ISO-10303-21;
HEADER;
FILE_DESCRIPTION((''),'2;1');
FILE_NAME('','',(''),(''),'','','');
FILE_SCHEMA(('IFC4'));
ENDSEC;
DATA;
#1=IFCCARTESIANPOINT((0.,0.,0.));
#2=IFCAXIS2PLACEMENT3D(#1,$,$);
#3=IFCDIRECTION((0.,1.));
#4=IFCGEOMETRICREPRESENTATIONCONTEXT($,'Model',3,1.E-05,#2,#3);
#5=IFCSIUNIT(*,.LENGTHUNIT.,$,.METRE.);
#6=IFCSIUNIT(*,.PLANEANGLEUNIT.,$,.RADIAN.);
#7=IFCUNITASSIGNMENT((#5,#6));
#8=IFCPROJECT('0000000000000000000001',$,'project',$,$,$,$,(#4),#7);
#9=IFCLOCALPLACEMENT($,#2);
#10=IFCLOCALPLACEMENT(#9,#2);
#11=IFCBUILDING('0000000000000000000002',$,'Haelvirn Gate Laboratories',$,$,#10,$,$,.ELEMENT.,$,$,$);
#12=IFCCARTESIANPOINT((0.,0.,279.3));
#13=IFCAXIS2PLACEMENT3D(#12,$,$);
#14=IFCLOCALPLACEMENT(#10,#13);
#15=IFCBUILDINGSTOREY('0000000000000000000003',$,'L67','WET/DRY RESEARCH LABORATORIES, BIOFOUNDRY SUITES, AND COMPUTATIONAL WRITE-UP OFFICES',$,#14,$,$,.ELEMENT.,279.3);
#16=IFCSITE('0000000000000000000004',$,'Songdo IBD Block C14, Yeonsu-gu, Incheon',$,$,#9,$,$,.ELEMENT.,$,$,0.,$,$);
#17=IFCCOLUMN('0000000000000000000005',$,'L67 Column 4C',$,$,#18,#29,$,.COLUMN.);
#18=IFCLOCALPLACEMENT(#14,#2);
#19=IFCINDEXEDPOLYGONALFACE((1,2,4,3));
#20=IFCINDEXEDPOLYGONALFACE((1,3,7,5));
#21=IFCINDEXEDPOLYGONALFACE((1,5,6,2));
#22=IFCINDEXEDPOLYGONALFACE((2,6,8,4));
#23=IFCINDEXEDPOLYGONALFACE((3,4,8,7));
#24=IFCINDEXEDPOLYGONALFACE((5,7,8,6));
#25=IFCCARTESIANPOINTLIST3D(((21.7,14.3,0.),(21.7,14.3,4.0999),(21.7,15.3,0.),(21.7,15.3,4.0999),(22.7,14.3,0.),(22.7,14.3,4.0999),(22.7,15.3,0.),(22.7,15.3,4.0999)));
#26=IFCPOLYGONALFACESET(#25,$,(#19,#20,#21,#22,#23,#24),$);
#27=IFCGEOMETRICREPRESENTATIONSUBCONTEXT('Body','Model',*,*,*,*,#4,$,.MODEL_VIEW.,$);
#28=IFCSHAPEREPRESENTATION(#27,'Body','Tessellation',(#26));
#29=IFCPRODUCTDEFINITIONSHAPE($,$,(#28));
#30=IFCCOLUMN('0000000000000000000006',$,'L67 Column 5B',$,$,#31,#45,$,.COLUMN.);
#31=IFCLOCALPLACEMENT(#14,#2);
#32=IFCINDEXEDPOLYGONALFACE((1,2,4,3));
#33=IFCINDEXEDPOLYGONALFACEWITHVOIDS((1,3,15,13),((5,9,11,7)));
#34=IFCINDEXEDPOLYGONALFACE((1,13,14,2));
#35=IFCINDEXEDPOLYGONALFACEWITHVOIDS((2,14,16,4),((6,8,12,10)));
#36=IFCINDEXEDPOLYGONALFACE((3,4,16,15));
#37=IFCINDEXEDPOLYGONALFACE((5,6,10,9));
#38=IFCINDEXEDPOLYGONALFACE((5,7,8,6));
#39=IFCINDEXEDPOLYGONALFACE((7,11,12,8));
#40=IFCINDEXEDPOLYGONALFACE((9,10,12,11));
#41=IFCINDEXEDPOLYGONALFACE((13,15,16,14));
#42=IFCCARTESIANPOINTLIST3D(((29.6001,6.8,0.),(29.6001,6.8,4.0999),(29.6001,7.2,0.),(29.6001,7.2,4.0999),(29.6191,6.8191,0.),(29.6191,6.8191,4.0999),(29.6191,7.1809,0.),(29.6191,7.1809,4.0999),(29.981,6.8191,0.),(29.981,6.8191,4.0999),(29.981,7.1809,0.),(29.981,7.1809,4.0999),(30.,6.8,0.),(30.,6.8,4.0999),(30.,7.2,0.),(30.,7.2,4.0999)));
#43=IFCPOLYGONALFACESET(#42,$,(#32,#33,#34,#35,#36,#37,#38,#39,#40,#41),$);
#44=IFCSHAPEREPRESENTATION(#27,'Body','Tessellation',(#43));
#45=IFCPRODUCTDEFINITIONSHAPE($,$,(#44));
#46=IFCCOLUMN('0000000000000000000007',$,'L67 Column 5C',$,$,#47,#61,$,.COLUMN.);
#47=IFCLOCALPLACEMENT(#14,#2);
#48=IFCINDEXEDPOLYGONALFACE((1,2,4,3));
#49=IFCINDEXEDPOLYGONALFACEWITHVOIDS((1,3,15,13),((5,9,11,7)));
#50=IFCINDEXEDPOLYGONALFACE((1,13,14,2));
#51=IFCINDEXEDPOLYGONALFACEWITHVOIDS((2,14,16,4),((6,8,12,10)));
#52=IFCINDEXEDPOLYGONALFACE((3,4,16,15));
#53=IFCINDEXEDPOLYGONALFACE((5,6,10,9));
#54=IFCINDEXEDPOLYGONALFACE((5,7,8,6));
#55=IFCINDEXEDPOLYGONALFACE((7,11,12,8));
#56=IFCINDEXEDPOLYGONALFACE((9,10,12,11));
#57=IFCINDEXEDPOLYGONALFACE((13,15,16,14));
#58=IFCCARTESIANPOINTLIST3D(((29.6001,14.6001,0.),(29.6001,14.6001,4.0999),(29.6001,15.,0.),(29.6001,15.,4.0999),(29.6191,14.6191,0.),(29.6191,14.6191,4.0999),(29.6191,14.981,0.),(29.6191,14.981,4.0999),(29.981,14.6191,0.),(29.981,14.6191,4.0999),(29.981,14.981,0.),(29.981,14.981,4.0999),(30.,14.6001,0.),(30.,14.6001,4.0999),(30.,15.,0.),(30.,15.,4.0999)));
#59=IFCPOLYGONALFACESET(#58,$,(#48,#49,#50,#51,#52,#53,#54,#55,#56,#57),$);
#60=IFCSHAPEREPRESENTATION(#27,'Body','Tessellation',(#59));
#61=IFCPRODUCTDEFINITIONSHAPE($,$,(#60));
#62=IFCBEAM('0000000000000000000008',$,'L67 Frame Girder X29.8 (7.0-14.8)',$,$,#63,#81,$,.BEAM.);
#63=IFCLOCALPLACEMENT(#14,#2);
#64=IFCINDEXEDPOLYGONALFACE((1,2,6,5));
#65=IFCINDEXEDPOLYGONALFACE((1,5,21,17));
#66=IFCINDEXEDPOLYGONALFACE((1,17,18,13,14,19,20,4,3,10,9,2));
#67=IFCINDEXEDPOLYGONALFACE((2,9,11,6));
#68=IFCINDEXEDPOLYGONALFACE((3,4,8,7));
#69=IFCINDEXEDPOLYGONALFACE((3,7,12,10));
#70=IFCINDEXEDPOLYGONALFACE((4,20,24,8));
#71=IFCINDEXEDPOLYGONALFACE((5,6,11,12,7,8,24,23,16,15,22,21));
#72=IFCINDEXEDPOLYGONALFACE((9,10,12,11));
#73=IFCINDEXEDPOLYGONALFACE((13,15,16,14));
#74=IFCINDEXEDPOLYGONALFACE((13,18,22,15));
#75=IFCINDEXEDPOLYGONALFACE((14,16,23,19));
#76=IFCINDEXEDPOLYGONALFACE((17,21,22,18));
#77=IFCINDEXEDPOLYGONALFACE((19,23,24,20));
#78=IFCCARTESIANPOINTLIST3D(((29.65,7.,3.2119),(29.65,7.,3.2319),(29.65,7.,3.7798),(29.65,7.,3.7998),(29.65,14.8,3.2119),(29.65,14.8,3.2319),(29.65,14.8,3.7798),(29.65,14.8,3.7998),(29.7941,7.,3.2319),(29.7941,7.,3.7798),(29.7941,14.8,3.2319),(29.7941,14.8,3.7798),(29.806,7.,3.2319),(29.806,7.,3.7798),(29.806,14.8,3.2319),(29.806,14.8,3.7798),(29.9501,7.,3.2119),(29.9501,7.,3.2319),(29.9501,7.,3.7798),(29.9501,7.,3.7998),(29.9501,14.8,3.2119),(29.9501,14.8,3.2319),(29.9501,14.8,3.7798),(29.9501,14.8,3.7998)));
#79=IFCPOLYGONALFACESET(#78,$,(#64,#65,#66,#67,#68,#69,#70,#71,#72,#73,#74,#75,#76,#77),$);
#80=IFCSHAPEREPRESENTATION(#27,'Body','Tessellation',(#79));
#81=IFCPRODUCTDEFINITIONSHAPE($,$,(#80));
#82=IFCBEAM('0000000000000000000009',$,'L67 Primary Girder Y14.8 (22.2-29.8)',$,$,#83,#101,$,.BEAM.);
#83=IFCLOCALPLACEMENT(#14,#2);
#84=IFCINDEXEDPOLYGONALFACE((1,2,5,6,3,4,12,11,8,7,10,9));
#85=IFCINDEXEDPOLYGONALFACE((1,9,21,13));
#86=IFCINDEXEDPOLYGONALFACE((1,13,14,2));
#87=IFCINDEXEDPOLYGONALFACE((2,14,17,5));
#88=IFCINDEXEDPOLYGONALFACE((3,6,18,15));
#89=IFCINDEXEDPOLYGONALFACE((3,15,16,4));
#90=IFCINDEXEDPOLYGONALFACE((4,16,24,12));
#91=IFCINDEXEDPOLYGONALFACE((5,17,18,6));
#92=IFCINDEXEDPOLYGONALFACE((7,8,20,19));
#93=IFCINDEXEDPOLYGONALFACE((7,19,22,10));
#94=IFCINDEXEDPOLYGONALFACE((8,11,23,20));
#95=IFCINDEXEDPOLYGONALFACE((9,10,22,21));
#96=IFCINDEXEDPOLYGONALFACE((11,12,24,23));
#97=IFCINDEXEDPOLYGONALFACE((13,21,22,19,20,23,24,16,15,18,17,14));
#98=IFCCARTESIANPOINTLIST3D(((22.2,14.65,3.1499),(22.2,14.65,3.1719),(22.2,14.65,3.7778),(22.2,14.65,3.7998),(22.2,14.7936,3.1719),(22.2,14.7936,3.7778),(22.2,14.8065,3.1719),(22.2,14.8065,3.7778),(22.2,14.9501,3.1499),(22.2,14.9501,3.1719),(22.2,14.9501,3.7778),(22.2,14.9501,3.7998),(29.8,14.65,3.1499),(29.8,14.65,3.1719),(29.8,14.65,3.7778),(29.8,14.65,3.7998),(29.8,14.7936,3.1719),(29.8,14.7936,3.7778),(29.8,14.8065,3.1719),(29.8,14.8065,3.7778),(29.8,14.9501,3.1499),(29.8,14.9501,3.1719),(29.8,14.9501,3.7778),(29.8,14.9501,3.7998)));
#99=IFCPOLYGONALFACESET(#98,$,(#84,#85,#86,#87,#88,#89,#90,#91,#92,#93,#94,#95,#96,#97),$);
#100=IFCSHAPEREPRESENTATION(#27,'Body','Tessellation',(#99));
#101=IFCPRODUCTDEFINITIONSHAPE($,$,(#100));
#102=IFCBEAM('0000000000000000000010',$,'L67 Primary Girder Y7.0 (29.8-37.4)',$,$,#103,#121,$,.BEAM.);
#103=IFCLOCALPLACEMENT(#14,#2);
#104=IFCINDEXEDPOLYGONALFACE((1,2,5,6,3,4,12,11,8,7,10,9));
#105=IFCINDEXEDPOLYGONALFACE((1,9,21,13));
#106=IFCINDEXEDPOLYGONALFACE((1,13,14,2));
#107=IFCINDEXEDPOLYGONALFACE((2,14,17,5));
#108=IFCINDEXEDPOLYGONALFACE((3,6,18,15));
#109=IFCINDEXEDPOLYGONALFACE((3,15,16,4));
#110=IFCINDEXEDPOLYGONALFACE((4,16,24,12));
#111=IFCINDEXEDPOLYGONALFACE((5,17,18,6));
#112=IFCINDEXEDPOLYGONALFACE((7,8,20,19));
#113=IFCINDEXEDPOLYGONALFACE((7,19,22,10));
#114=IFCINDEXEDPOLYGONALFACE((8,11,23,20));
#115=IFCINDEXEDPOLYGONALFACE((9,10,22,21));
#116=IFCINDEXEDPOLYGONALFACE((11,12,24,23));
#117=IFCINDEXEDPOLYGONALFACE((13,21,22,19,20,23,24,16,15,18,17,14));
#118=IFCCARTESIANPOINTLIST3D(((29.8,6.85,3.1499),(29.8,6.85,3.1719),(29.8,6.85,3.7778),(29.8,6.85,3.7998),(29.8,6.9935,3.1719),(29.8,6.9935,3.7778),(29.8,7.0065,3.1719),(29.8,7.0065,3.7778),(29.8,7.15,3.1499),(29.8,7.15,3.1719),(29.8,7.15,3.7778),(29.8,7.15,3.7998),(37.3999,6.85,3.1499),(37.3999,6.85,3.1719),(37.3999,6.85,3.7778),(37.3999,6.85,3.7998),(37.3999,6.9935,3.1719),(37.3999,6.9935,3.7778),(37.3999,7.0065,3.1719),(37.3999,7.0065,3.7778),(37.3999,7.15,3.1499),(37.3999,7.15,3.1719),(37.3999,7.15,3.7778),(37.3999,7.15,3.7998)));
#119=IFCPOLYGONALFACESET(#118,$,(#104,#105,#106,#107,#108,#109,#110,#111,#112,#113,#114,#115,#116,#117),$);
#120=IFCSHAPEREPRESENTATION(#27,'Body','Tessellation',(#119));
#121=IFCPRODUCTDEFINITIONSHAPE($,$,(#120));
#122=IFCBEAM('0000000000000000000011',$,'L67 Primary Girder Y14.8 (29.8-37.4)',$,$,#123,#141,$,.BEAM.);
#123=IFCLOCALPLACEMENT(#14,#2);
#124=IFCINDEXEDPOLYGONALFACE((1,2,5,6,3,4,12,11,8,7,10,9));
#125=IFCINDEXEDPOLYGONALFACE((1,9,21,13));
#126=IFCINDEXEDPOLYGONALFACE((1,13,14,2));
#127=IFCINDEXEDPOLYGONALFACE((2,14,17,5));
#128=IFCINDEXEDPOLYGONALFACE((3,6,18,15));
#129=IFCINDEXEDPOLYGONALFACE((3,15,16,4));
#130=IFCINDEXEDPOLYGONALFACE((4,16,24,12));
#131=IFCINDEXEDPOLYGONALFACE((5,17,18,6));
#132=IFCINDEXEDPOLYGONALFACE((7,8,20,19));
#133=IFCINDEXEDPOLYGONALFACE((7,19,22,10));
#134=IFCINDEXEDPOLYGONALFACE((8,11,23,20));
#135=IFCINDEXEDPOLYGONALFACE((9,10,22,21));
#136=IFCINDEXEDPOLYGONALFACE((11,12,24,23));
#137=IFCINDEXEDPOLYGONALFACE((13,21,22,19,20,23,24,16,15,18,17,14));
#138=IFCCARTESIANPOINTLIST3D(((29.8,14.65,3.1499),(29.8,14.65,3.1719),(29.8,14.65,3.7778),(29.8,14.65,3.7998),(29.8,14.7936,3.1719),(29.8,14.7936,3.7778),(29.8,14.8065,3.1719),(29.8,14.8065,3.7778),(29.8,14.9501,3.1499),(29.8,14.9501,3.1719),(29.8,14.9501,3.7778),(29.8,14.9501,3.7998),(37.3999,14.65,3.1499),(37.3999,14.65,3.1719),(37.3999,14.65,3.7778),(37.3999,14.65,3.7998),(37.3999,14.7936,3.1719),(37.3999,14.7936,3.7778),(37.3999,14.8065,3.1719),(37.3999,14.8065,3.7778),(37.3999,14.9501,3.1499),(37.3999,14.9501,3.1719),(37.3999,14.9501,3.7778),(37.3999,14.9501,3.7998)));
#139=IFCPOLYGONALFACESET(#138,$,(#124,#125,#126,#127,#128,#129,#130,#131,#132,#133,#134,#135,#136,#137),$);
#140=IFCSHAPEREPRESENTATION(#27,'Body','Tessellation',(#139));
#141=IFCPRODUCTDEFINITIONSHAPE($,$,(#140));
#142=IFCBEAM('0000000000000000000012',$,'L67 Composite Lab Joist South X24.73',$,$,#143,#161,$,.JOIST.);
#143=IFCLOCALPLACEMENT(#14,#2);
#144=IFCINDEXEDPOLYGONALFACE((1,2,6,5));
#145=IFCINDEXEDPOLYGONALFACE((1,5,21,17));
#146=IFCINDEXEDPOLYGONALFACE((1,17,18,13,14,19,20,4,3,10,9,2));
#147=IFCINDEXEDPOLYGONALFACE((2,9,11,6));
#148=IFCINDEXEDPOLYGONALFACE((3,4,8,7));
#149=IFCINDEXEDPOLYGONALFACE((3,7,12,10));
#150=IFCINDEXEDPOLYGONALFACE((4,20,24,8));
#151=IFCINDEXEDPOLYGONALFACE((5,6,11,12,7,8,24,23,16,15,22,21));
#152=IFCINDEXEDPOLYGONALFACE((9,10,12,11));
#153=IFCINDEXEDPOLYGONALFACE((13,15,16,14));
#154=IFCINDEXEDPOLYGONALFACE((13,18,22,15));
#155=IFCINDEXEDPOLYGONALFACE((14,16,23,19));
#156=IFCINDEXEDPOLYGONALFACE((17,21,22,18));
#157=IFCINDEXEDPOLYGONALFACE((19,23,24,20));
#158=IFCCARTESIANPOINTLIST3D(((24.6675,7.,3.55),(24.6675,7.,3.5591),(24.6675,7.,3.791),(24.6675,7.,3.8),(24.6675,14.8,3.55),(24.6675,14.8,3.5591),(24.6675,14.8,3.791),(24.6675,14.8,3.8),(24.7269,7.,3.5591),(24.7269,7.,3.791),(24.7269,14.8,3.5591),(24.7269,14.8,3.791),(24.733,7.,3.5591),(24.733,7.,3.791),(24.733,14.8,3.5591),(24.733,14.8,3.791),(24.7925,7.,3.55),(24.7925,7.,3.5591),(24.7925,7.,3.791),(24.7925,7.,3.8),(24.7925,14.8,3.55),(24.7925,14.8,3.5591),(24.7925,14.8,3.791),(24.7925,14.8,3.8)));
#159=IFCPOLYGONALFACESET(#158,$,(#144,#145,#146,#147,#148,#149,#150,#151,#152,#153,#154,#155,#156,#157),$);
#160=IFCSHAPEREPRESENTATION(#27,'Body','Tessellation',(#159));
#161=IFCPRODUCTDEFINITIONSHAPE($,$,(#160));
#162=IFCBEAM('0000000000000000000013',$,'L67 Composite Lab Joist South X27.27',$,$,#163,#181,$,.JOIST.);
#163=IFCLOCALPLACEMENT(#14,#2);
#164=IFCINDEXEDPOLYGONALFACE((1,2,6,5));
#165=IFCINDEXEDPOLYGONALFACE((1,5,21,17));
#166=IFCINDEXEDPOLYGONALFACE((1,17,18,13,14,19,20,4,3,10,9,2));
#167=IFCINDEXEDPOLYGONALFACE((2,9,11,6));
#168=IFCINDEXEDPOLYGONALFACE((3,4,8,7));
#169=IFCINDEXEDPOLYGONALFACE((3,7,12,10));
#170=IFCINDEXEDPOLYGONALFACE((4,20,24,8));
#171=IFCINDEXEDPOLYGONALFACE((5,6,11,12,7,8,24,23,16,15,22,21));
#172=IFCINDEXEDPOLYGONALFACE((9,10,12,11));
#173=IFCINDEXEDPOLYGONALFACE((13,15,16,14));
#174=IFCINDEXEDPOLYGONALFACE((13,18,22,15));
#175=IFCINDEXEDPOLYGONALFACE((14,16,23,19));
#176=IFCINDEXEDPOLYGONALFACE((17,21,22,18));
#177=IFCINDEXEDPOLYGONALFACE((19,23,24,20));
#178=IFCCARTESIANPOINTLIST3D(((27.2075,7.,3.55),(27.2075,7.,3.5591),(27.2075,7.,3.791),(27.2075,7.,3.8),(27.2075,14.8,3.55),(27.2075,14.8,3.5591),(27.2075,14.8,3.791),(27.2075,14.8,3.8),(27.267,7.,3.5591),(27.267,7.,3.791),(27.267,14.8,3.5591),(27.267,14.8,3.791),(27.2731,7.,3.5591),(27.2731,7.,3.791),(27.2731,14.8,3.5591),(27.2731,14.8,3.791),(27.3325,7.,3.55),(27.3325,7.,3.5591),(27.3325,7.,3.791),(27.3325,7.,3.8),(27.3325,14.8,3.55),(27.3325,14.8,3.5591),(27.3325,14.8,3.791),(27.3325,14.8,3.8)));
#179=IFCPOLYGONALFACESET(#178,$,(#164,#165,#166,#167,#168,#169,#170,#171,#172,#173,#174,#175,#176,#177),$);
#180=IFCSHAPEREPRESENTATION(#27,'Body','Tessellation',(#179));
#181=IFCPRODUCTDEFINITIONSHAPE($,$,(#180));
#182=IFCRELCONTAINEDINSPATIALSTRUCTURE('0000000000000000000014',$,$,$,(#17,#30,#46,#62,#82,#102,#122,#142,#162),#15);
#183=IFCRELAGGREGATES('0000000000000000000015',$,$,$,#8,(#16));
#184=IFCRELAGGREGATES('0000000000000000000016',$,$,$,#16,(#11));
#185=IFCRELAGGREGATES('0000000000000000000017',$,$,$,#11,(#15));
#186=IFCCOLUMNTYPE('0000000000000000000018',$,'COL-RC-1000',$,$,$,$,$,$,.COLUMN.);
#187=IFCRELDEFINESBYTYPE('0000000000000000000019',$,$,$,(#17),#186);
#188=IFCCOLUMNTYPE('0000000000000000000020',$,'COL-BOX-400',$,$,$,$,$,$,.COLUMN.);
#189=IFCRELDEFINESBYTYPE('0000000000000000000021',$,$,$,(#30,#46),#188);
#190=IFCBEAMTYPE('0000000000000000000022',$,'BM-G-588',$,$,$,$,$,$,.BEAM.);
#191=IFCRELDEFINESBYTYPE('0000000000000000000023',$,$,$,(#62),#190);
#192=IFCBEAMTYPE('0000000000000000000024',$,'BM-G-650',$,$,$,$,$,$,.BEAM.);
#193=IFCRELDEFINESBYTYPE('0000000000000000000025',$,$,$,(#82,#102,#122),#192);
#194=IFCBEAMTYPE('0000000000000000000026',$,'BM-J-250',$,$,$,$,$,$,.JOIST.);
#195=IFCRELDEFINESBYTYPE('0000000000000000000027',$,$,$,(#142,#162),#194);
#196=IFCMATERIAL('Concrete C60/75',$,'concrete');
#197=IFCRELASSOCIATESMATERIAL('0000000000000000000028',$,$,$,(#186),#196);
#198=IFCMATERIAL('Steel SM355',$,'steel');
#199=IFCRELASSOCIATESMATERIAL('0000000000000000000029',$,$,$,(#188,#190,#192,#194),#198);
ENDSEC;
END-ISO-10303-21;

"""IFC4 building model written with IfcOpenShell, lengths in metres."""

from ifc_helpers import new_model, si_unit, direction, frame, origin, origin_2d, place, context, subcontext, project, spatial, rectangle, hollow_rectangle, i_section, extrude, source, transform, mapped, material, material_profile, profile_set, type_object, type_shapes, element, save


model = new_model("IFC4")

# Units and contexts
model_context = context("Model", 3, precision=1e-05, world=origin(), true_north=direction((0.0, 1.0)))
body_context = subcontext(model_context, "Body", "Model", "MODEL_VIEW")
ifc_project = project(units=[si_unit("LENGTHUNIT", "METRE"), si_unit("PLANEANGLEUNIT", "RADIAN")], contexts=[model_context])

# Site, building, storey
site_placement = place(None, origin())
site = spatial("IfcSite", under=ifc_project, at=site_placement, Name="Songdo IBD Block C14, Yeonsu-gu, Incheon", CompositionType="ELEMENT", RefElevation=0.0)
building_placement = place(site_placement, origin())
building = spatial("IfcBuilding", under=site, at=building_placement, Name="Haelvirn Gate Laboratories", CompositionType="ELEMENT")
storey_placement = place(building_placement, frame((0.0, 0.0, 279.3)))
storey = spatial("IfcBuildingStorey", under=building, at=storey_placement, Name="L67", Description="WET/DRY RESEARCH LABORATORIES, BIOFOUNDRY SUITES, AND COMPUTATIONAL WRITE-UP OFFICES", CompositionType="ELEMENT", Elevation=279.3)

# Columns
ifc_material_1 = material(Name="Concrete C60/75", Category="concrete")
ifc_material_profile_1 = material_profile(ifc_material_1, rectangle(XDim=1.0, YDim=1.0, at=origin_2d()), Name="RC-1000x1000")
ifc_profile_set_1 = profile_set([ifc_material_profile_1], Name="Concrete C60/75")
column_type_1 = type_object("IfcColumnType", Name="COL-RC-1000", PredefinedType="COLUMN", material=ifc_profile_set_1)
shared_shape_1 = source(origin(), body_context, "Body", "SweptSolid", [
    extrude(rectangle(XDim=1.0, YDim=1.0, at=origin_2d()), origin(), (0.0, 0.0, 1.0), 4.0999),
])
type_shapes(column_type_1, [shared_shape_1])
column_placement = place(storey_placement, frame((22.2, 14.8, 0.0), z_axis=(0.0, 0.0, 1.0), x_axis=(1.0, 0.0, 0.0)))
element("IfcColumn", 1, at=column_placement, inside=storey, type_object=column_type_1, Name="L67 Column 4C", PredefinedType="COLUMN", context=body_context, shape_type="MappedRepresentation", body=[
    mapped(shared_shape_1, transform((0.0, 0.0, 0.0), scale=1.0)),
])
ifc_material_2 = material(Name="Steel SM355", Category="steel")
ifc_material_profile_2 = material_profile(ifc_material_2, hollow_rectangle(XDim=0.3999, YDim=0.3999, WallThickness=0.019, at=origin_2d()), Name="BOX-400x400x19")
ifc_profile_set_2 = profile_set([ifc_material_profile_2], Name="Steel SM355")
column_type_2 = type_object("IfcColumnType", Name="COL-BOX-400", PredefinedType="COLUMN", material=ifc_profile_set_2)
shared_shape_2 = source(origin(), body_context, "Body", "SweptSolid", [
    extrude(hollow_rectangle(XDim=0.3999, YDim=0.3999, WallThickness=0.019, at=origin_2d()), origin(), (0.0, 0.0, 1.0), 4.0999),
])
type_shapes(column_type_2, [shared_shape_2])
for number, where, z_axis, x_axis, name in (
    (2, (29.8, 7.0, 0.0), (0.0, 0.0, 1.0), (1.0, 0.0, 0.0), "L67 Column 5B"),
    (3, (29.8, 14.8, 0.0), (0.0, 0.0, 1.0), (1.0, 0.0, 0.0), "L67 Column 5C"),
):
    element("IfcColumn", number, at=place(storey_placement, frame(where, z_axis=z_axis, x_axis=x_axis)), inside=storey, type_object=column_type_2, Name=name, PredefinedType="COLUMN", context=body_context, shape_type="MappedRepresentation", body=[
        mapped(shared_shape_2, transform((0.0, 0.0, 0.0), scale=1.0)),
    ])

# Beams
ifc_material_profile_3 = material_profile(ifc_material_2, i_section(OverallWidth=0.3, OverallDepth=0.5879, WebThickness=0.012, FlangeThickness=0.02, at=origin_2d()), Name="H-588x300x12x20")
ifc_profile_set_3 = profile_set([ifc_material_profile_3], Name="Steel SM355")
beam_type_1 = type_object("IfcBeamType", Name="BM-G-588", PredefinedType="BEAM", material=ifc_profile_set_3)
shared_shape_3 = source(origin(), body_context, "Body", "SweptSolid", [
    extrude(i_section(OverallWidth=0.3, OverallDepth=0.5879, WebThickness=0.012, FlangeThickness=0.02, at=origin_2d()), origin(), (0.0, 0.0, 1.0), 7.8),
])
type_shapes(beam_type_1, [shared_shape_3])
beam_1_placement = place(storey_placement, frame((29.8, 7.0, 3.5059), z_axis=(0.0, 1.0, 0.0), x_axis=(-1.0, 0.0, 0.0)))
element("IfcBeam", 4, at=beam_1_placement, inside=storey, type_object=beam_type_1, Name="L67 Frame Girder X29.8 (7.0-14.8)", PredefinedType="BEAM", context=body_context, shape_type="MappedRepresentation", body=[
    mapped(shared_shape_3, transform((0.0, 0.0, 0.0), scale=1.0)),
])
ifc_material_profile_4 = material_profile(ifc_material_2, i_section(OverallWidth=0.3, OverallDepth=0.6499, WebThickness=0.0129, FlangeThickness=0.022, at=origin_2d()), Name="H-650x300x13x22")
ifc_profile_set_4 = profile_set([ifc_material_profile_4], Name="Steel SM355")
beam_type_2 = type_object("IfcBeamType", Name="BM-G-650", PredefinedType="BEAM", material=ifc_profile_set_4)
shared_shape_4 = source(origin(), body_context, "Body", "SweptSolid", [
    extrude(i_section(OverallWidth=0.3, OverallDepth=0.6499, WebThickness=0.0129, FlangeThickness=0.022, at=origin_2d()), origin(), (0.0, 0.0, 1.0), 7.6001),
])
beam_2_placement = place(storey_placement, frame((22.2, 14.8, 3.4749), z_axis=(1.0, 0.0, 0.0), x_axis=(0.0, 1.0, 0.0)))
element("IfcBeam", 5, at=beam_2_placement, inside=storey, type_object=beam_type_2, Name="L67 Primary Girder Y14.8 (22.2-29.8)", PredefinedType="BEAM", context=body_context, shape_type="MappedRepresentation", body=[
    mapped(shared_shape_4, transform((0.0, 0.0, 0.0), scale=1.0)),
])
shared_shape_5 = source(origin(), body_context, "Body", "SweptSolid", [
    extrude(i_section(OverallWidth=0.3, OverallDepth=0.6499, WebThickness=0.0129, FlangeThickness=0.022, at=origin_2d()), origin(), (0.0, 0.0, 1.0), 7.5999),
])
type_shapes(beam_type_2, [shared_shape_4, shared_shape_5])
for number, where, z_axis, x_axis, name in (
    (6, (29.8, 7.0, 3.4749), (1.0, 0.0, 0.0), (0.0, 1.0, 0.0), "L67 Primary Girder Y7.0 (29.8-37.4)"),
    (7, (29.8, 14.8, 3.4749), (1.0, 0.0, 0.0), (0.0, 1.0, 0.0), "L67 Primary Girder Y14.8 (29.8-37.4)"),
):
    element("IfcBeam", number, at=place(storey_placement, frame(where, z_axis=z_axis, x_axis=x_axis)), inside=storey, type_object=beam_type_2, Name=name, PredefinedType="BEAM", context=body_context, shape_type="MappedRepresentation", body=[
        mapped(shared_shape_5, transform((0.0, 0.0, 0.0), scale=1.0)),
    ])
ifc_material_profile_5 = material_profile(ifc_material_2, i_section(OverallWidth=0.125, OverallDepth=0.25, WebThickness=0.0061, FlangeThickness=0.009, at=origin_2d()), Name="H-250x125x6x9")
ifc_profile_set_5 = profile_set([ifc_material_profile_5], Name="Steel SM355")
beam_type_3 = type_object("IfcBeamType", Name="BM-J-250", PredefinedType="JOIST", material=ifc_profile_set_5)
shared_shape_6 = source(origin(), body_context, "Body", "SweptSolid", [
    extrude(i_section(OverallWidth=0.125, OverallDepth=0.25, WebThickness=0.0061, FlangeThickness=0.009, at=origin_2d()), origin(), (0.0, 0.0, 1.0), 7.8),
])
type_shapes(beam_type_3, [shared_shape_6])
for number, where, z_axis, x_axis, name in (
    (8, (24.73, 7.0, 3.675), (0.0, 1.0, 0.0), (-1.0, 0.0, 0.0), "L67 Composite Lab Joist South X24.73"),
    (9, (27.27, 7.0, 3.675), (0.0, 1.0, 0.0), (-1.0, 0.0, 0.0), "L67 Composite Lab Joist South X27.27"),
):
    element("IfcBeam", number, at=place(storey_placement, frame(where, z_axis=z_axis, x_axis=x_axis)), inside=storey, type_object=beam_type_3, Name=name, PredefinedType="JOIST", context=body_context, shape_type="MappedRepresentation", body=[
        mapped(shared_shape_6, transform((0.0, 0.0, 0.0), scale=1.0)),
    ])

save(model, "model.ifc")
